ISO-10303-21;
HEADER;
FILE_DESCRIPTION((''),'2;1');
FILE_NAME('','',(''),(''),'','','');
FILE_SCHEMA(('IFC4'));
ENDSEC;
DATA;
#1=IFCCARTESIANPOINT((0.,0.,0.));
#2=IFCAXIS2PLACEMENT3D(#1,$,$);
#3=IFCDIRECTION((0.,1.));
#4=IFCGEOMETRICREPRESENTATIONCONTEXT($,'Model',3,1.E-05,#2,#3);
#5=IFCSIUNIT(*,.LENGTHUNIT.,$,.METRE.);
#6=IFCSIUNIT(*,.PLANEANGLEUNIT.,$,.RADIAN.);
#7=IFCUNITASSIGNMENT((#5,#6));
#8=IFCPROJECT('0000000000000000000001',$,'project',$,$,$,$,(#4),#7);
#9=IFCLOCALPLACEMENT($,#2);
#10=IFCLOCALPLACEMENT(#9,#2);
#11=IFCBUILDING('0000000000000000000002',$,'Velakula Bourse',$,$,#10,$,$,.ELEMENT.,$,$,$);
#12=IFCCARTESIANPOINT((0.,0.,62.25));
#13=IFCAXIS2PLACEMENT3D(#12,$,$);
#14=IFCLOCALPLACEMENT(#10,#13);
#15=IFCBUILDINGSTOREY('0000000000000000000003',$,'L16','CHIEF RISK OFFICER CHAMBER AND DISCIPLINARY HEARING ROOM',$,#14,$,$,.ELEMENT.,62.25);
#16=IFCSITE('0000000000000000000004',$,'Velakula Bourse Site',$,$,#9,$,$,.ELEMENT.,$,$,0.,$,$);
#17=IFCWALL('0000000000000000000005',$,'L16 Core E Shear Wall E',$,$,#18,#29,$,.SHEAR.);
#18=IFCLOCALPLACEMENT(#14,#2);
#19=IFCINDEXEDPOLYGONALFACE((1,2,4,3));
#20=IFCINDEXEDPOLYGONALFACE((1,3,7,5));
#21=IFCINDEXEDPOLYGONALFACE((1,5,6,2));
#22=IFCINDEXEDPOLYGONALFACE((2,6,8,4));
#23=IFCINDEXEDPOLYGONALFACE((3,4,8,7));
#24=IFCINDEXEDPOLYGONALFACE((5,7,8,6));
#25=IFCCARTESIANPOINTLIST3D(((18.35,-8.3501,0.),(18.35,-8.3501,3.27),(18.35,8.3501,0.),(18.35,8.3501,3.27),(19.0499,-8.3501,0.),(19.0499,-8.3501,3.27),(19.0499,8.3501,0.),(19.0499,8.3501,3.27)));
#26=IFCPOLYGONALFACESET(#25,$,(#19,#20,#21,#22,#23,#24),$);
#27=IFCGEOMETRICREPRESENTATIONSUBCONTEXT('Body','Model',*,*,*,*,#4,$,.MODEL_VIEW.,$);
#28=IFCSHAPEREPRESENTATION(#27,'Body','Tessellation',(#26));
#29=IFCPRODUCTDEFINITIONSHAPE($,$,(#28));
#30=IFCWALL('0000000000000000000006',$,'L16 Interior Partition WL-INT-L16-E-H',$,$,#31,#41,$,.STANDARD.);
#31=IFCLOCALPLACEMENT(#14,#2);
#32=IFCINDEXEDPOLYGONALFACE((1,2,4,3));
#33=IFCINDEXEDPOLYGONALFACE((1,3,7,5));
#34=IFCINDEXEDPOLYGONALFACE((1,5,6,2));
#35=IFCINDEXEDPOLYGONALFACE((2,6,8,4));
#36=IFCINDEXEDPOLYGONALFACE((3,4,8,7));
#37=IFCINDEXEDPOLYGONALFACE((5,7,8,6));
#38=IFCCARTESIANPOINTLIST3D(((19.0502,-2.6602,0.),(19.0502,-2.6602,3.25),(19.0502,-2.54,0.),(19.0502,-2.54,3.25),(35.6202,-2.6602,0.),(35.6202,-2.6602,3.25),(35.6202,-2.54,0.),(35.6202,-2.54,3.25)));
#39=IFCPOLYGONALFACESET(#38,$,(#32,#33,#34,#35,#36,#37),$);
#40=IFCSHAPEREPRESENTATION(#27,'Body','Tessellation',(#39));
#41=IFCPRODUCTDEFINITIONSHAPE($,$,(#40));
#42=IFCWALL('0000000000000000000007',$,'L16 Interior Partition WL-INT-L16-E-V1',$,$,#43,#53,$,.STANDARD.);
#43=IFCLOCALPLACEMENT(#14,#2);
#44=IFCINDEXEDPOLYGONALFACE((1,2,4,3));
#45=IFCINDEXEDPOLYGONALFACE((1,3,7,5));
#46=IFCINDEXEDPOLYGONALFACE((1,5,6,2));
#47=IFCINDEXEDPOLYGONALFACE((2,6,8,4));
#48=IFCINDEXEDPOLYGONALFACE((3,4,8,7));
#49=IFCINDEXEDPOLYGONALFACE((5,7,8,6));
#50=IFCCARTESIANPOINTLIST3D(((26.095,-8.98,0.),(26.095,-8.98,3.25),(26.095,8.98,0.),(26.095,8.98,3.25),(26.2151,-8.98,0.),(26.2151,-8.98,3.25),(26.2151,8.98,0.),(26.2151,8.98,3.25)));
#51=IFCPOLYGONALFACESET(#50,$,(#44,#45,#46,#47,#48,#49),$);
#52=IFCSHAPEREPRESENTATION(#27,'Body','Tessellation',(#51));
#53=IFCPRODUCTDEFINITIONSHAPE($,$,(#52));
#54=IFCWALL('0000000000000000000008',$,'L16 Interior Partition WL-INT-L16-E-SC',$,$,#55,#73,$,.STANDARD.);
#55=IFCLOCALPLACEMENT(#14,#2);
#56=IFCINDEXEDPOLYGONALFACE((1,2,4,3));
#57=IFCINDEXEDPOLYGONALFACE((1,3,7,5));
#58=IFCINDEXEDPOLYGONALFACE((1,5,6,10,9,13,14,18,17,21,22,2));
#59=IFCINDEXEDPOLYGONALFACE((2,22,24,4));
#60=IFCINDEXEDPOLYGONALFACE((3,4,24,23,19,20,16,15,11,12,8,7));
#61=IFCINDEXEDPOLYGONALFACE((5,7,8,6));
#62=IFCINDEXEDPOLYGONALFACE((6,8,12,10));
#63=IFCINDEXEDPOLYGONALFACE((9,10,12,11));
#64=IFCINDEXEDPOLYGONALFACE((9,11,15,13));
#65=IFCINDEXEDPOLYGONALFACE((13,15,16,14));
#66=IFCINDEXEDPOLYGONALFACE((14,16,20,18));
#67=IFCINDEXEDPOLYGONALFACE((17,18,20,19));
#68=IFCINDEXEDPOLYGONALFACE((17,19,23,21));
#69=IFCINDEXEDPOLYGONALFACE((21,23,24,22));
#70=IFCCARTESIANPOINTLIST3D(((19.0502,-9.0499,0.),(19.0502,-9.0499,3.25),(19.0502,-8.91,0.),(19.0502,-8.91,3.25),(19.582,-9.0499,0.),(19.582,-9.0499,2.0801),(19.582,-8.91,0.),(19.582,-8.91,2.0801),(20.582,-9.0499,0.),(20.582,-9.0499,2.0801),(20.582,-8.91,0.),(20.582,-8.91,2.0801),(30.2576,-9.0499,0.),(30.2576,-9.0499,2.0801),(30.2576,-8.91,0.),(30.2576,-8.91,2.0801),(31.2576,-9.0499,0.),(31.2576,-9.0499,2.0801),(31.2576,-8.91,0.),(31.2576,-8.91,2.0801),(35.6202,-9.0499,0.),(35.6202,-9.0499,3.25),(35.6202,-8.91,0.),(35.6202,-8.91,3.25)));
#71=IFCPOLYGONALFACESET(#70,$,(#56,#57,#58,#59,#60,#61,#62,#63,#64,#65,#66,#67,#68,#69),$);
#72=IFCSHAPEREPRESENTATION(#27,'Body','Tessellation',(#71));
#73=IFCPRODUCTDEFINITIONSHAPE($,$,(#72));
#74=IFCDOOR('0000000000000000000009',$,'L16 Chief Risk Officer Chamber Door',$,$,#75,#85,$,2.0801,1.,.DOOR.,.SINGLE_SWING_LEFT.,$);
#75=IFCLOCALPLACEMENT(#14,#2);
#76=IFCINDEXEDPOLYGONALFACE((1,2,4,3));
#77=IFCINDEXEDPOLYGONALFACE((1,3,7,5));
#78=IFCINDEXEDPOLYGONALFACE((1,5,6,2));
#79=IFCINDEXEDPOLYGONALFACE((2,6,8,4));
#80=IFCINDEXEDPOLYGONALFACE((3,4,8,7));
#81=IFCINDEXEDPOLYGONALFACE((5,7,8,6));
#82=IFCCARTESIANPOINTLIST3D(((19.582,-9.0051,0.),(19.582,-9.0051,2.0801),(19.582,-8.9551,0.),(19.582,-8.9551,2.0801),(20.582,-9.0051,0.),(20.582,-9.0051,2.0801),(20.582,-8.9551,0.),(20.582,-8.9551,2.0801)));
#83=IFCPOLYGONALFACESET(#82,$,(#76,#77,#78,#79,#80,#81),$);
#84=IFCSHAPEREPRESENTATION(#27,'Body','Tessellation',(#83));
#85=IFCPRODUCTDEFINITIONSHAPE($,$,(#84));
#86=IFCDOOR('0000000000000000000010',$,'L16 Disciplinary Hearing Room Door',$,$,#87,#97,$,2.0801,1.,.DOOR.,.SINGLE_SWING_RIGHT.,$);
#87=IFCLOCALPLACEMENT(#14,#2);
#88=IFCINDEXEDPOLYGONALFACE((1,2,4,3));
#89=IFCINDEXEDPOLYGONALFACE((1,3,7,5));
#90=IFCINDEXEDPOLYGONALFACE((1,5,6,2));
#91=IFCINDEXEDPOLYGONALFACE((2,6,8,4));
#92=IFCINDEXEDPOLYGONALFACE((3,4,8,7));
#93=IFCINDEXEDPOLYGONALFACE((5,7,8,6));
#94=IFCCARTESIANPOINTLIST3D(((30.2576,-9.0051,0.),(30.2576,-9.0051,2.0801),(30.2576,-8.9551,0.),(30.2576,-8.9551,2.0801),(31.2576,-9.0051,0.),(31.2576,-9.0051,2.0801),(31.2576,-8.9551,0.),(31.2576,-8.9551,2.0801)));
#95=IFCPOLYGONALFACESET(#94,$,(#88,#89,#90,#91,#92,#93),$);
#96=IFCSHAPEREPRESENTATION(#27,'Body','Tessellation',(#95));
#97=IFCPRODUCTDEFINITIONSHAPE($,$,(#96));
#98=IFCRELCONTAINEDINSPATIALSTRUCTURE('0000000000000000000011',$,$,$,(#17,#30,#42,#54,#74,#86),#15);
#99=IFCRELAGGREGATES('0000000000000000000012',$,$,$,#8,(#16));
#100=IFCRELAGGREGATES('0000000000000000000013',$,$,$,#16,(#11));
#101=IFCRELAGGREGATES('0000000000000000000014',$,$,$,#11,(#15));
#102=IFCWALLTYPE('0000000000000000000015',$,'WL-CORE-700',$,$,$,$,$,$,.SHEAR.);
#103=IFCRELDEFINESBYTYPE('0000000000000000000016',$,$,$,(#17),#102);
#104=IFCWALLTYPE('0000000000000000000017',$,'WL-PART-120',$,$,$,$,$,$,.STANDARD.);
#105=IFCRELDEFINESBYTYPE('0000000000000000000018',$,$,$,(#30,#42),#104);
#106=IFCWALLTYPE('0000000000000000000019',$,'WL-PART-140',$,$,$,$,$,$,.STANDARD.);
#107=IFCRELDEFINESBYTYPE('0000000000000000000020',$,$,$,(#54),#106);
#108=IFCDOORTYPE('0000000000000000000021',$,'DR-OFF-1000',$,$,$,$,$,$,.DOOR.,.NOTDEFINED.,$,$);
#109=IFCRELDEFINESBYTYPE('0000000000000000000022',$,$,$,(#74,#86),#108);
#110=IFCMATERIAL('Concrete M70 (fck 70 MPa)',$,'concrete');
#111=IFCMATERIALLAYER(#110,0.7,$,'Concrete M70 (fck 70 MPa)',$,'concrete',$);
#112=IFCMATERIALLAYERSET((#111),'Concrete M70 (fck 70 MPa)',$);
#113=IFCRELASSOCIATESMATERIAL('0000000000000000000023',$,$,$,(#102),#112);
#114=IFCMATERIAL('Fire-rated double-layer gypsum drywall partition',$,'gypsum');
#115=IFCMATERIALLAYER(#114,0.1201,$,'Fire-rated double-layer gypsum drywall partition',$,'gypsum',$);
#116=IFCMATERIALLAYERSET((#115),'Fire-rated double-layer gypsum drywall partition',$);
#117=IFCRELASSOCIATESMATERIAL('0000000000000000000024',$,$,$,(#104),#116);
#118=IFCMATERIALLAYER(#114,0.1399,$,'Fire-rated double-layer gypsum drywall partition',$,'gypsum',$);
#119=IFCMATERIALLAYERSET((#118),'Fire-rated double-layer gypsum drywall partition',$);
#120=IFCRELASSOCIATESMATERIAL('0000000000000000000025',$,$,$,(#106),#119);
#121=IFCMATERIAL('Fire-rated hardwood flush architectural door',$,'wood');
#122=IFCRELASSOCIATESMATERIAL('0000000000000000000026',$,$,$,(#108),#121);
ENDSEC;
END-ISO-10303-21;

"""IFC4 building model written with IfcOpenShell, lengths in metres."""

from ifc_helpers import new_model, si_unit, direction, frame, frame_2d, origin, place, context, subcontext, project, spatial, rectangle, extrude, material, layer, layer_set, type_object, element, fill, save


model = new_model("IFC4")

# Units and contexts
model_context = context("Model", 3, precision=1e-05, world=origin(), true_north=direction((0.0, 1.0)))
body_context = subcontext(model_context, "Body", "Model", "MODEL_VIEW")
ifc_project = project(units=[si_unit("LENGTHUNIT", "METRE"), si_unit("PLANEANGLEUNIT", "RADIAN")], contexts=[model_context])

# Site, building, storey
site_placement = place(None, origin())
site = spatial("IfcSite", under=ifc_project, at=site_placement, Name="Velakula Bourse Site", CompositionType="ELEMENT", RefElevation=0.0)
building_placement = place(site_placement, origin())
building = spatial("IfcBuilding", under=site, at=building_placement, Name="Velakula Bourse", CompositionType="ELEMENT")
storey_placement = place(building_placement, frame((0.0, 0.0, 62.25)))
storey = spatial("IfcBuildingStorey", under=building, at=storey_placement, Name="L16", Description="CHIEF RISK OFFICER CHAMBER AND DISCIPLINARY HEARING ROOM", CompositionType="ELEMENT", Elevation=62.25)

# Shared definitions
ifc_material_1 = material(Name="Concrete M70 (fck 70 MPa)", Category="concrete")

# Walls
ifc_layer_1 = layer(ifc_material_1, 0.7, Name="Concrete M70 (fck 70 MPa)", Category="concrete")
ifc_layer_set_1 = layer_set([ifc_layer_1], Name="Concrete M70 (fck 70 MPa)")
wall_type_1 = type_object("IfcWallType", Name="WL-CORE-700", PredefinedType="SHEAR", material=ifc_layer_set_1)
wall_1_placement = place(storey_placement, frame((18.7, -8.3501, 0.0), z_axis=(0.0, 0.0, 1.0), x_axis=(0.0, 1.0, 0.0)))
element("IfcWall", 1, at=wall_1_placement, inside=storey, type_object=wall_type_1, Name="L16 Core E Shear Wall E", PredefinedType="SHEAR", context=body_context, shape_type="SweptSolid", body=[
    extrude(rectangle(XDim=16.7002, YDim=0.7, at=frame_2d((8.3501, 0.0))), origin(), (0.0, 0.0, 1.0), 3.27),
])
ifc_material_2 = material(Name="Fire-rated double-layer gypsum drywall partition", Category="gypsum")
ifc_layer_2 = layer(ifc_material_2, 0.1201, Name="Fire-rated double-layer gypsum drywall partition", Category="gypsum")
ifc_layer_set_2 = layer_set([ifc_layer_2], Name="Fire-rated double-layer gypsum drywall partition")
wall_type_2 = type_object("IfcWallType", Name="WL-PART-120", PredefinedType="STANDARD", material=ifc_layer_set_2)
wall_2_placement = place(storey_placement, frame((19.05, -2.6001, 0.0), z_axis=(0.0, 0.0, 1.0), x_axis=(1.0, 0.0, 0.0)))
element("IfcWall", 2, at=wall_2_placement, inside=storey, type_object=wall_type_2, Name="L16 Interior Partition WL-INT-L16-E-H", PredefinedType="STANDARD", context=body_context, shape_type="SweptSolid", body=[
    extrude(rectangle(XDim=16.5701, YDim=0.1201, at=frame_2d((8.2852, 0.0))), origin(), (0.0, 0.0, 1.0), 3.25),
])
wall_3_placement = place(storey_placement, frame((26.155, -8.98, 0.0), z_axis=(0.0, 0.0, 1.0), x_axis=(0.0, 1.0, 0.0)))
element("IfcWall", 3, at=wall_3_placement, inside=storey, type_object=wall_type_2, Name="L16 Interior Partition WL-INT-L16-E-V1", PredefinedType="STANDARD", context=body_context, shape_type="SweptSolid", body=[
    extrude(rectangle(XDim=17.96, YDim=0.1201, at=frame_2d((8.98, 0.0))), origin(), (0.0, 0.0, 1.0), 3.25),
])

# Wall, openings, doors
ifc_layer_3 = layer(ifc_material_2, 0.1399, Name="Fire-rated double-layer gypsum drywall partition", Category="gypsum")
ifc_layer_set_3 = layer_set([ifc_layer_3], Name="Fire-rated double-layer gypsum drywall partition")
wall_type_3 = type_object("IfcWallType", Name="WL-PART-140", PredefinedType="STANDARD", material=ifc_layer_set_3)
wall_4_placement = place(storey_placement, frame((19.05, -8.98, 0.0), z_axis=(0.0, 0.0, 1.0), x_axis=(1.0, 0.0, 0.0)))
wall_4 = element("IfcWall", 4, at=wall_4_placement, inside=storey, type_object=wall_type_3, Name="L16 Interior Partition WL-INT-L16-E-SC", PredefinedType="STANDARD", context=body_context, shape_type="SweptSolid", body=[
    extrude(rectangle(XDim=16.5701, YDim=0.1399, at=frame_2d((8.2852, 0.0))), origin(), (0.0, 0.0, 1.0), 3.25),
])
opening_1_placement = place(wall_4_placement, frame((0.532, 0.0, 0.0)))
opening_1 = element("IfcOpeningElement", 5, at=opening_1_placement, cuts=wall_4, PredefinedType="OPENING", context=body_context, shape_type="SweptSolid", body=[
    extrude(rectangle(XDim=1.0, YDim=2.0801, at=frame_2d((0.5, 1.04))), frame((0.0, 0.0798, 0.0), z_axis=(0.0, -1.0, 0.0), x_axis=(1.0, 0.0, 0.0)), (0.0, 0.0, 1.0), 0.1599),
])
opening_2_placement = place(wall_4_placement, frame((11.2075, 0.0, 0.0)))
opening_2 = element("IfcOpeningElement", 6, at=opening_2_placement, cuts=wall_4, PredefinedType="OPENING", context=body_context, shape_type="SweptSolid", body=[
    extrude(rectangle(XDim=1.0, YDim=2.0801, at=frame_2d((0.5, 1.04))), frame((0.0, 0.0798, 0.0), z_axis=(0.0, -1.0, 0.0), x_axis=(1.0, 0.0, 0.0)), (0.0, 0.0, 1.0), 0.1599),
])
ifc_material_3 = material(Name="Fire-rated hardwood flush architectural door", Category="wood")
door_type = type_object("IfcDoorType", Name="DR-OFF-1000", OperationType="NOTDEFINED", PredefinedType="DOOR", material=ifc_material_3)
door_1_placement = place(opening_1_placement, origin())
door_1 = element("IfcDoor", 7, at=door_1_placement, inside=storey, type_object=door_type, Name="L16 Chief Risk Officer Chamber Door", OperationType="SINGLE_SWING_LEFT", OverallHeight=2.0801, OverallWidth=1.0, PredefinedType="DOOR", context=body_context, shape_type="SweptSolid", body=[
    extrude(rectangle(XDim=1.0, YDim=2.0801, at=frame_2d((0.5, 1.04))), frame((0.0, 0.0249, 0.0), z_axis=(0.0, -1.0, 0.0), x_axis=(1.0, 0.0, 0.0)), (0.0, 0.0, 1.0), 0.05),
])
fill(opening_1, door_1)
door_2_placement = place(opening_2_placement, origin())
door_2 = element("IfcDoor", 8, at=door_2_placement, inside=storey, type_object=door_type, Name="L16 Disciplinary Hearing Room Door", OperationType="SINGLE_SWING_RIGHT", OverallHeight=2.0801, OverallWidth=1.0, PredefinedType="DOOR", context=body_context, shape_type="SweptSolid", body=[
    extrude(rectangle(XDim=1.0, YDim=2.0801, at=frame_2d((0.5, 1.04))), frame((0.0, 0.0249, 0.0), z_axis=(0.0, -1.0, 0.0), x_axis=(1.0, 0.0, 0.0)), (0.0, 0.0, 1.0), 0.05),
])
fill(opening_2, door_2)

save(model, "model.ifc")
